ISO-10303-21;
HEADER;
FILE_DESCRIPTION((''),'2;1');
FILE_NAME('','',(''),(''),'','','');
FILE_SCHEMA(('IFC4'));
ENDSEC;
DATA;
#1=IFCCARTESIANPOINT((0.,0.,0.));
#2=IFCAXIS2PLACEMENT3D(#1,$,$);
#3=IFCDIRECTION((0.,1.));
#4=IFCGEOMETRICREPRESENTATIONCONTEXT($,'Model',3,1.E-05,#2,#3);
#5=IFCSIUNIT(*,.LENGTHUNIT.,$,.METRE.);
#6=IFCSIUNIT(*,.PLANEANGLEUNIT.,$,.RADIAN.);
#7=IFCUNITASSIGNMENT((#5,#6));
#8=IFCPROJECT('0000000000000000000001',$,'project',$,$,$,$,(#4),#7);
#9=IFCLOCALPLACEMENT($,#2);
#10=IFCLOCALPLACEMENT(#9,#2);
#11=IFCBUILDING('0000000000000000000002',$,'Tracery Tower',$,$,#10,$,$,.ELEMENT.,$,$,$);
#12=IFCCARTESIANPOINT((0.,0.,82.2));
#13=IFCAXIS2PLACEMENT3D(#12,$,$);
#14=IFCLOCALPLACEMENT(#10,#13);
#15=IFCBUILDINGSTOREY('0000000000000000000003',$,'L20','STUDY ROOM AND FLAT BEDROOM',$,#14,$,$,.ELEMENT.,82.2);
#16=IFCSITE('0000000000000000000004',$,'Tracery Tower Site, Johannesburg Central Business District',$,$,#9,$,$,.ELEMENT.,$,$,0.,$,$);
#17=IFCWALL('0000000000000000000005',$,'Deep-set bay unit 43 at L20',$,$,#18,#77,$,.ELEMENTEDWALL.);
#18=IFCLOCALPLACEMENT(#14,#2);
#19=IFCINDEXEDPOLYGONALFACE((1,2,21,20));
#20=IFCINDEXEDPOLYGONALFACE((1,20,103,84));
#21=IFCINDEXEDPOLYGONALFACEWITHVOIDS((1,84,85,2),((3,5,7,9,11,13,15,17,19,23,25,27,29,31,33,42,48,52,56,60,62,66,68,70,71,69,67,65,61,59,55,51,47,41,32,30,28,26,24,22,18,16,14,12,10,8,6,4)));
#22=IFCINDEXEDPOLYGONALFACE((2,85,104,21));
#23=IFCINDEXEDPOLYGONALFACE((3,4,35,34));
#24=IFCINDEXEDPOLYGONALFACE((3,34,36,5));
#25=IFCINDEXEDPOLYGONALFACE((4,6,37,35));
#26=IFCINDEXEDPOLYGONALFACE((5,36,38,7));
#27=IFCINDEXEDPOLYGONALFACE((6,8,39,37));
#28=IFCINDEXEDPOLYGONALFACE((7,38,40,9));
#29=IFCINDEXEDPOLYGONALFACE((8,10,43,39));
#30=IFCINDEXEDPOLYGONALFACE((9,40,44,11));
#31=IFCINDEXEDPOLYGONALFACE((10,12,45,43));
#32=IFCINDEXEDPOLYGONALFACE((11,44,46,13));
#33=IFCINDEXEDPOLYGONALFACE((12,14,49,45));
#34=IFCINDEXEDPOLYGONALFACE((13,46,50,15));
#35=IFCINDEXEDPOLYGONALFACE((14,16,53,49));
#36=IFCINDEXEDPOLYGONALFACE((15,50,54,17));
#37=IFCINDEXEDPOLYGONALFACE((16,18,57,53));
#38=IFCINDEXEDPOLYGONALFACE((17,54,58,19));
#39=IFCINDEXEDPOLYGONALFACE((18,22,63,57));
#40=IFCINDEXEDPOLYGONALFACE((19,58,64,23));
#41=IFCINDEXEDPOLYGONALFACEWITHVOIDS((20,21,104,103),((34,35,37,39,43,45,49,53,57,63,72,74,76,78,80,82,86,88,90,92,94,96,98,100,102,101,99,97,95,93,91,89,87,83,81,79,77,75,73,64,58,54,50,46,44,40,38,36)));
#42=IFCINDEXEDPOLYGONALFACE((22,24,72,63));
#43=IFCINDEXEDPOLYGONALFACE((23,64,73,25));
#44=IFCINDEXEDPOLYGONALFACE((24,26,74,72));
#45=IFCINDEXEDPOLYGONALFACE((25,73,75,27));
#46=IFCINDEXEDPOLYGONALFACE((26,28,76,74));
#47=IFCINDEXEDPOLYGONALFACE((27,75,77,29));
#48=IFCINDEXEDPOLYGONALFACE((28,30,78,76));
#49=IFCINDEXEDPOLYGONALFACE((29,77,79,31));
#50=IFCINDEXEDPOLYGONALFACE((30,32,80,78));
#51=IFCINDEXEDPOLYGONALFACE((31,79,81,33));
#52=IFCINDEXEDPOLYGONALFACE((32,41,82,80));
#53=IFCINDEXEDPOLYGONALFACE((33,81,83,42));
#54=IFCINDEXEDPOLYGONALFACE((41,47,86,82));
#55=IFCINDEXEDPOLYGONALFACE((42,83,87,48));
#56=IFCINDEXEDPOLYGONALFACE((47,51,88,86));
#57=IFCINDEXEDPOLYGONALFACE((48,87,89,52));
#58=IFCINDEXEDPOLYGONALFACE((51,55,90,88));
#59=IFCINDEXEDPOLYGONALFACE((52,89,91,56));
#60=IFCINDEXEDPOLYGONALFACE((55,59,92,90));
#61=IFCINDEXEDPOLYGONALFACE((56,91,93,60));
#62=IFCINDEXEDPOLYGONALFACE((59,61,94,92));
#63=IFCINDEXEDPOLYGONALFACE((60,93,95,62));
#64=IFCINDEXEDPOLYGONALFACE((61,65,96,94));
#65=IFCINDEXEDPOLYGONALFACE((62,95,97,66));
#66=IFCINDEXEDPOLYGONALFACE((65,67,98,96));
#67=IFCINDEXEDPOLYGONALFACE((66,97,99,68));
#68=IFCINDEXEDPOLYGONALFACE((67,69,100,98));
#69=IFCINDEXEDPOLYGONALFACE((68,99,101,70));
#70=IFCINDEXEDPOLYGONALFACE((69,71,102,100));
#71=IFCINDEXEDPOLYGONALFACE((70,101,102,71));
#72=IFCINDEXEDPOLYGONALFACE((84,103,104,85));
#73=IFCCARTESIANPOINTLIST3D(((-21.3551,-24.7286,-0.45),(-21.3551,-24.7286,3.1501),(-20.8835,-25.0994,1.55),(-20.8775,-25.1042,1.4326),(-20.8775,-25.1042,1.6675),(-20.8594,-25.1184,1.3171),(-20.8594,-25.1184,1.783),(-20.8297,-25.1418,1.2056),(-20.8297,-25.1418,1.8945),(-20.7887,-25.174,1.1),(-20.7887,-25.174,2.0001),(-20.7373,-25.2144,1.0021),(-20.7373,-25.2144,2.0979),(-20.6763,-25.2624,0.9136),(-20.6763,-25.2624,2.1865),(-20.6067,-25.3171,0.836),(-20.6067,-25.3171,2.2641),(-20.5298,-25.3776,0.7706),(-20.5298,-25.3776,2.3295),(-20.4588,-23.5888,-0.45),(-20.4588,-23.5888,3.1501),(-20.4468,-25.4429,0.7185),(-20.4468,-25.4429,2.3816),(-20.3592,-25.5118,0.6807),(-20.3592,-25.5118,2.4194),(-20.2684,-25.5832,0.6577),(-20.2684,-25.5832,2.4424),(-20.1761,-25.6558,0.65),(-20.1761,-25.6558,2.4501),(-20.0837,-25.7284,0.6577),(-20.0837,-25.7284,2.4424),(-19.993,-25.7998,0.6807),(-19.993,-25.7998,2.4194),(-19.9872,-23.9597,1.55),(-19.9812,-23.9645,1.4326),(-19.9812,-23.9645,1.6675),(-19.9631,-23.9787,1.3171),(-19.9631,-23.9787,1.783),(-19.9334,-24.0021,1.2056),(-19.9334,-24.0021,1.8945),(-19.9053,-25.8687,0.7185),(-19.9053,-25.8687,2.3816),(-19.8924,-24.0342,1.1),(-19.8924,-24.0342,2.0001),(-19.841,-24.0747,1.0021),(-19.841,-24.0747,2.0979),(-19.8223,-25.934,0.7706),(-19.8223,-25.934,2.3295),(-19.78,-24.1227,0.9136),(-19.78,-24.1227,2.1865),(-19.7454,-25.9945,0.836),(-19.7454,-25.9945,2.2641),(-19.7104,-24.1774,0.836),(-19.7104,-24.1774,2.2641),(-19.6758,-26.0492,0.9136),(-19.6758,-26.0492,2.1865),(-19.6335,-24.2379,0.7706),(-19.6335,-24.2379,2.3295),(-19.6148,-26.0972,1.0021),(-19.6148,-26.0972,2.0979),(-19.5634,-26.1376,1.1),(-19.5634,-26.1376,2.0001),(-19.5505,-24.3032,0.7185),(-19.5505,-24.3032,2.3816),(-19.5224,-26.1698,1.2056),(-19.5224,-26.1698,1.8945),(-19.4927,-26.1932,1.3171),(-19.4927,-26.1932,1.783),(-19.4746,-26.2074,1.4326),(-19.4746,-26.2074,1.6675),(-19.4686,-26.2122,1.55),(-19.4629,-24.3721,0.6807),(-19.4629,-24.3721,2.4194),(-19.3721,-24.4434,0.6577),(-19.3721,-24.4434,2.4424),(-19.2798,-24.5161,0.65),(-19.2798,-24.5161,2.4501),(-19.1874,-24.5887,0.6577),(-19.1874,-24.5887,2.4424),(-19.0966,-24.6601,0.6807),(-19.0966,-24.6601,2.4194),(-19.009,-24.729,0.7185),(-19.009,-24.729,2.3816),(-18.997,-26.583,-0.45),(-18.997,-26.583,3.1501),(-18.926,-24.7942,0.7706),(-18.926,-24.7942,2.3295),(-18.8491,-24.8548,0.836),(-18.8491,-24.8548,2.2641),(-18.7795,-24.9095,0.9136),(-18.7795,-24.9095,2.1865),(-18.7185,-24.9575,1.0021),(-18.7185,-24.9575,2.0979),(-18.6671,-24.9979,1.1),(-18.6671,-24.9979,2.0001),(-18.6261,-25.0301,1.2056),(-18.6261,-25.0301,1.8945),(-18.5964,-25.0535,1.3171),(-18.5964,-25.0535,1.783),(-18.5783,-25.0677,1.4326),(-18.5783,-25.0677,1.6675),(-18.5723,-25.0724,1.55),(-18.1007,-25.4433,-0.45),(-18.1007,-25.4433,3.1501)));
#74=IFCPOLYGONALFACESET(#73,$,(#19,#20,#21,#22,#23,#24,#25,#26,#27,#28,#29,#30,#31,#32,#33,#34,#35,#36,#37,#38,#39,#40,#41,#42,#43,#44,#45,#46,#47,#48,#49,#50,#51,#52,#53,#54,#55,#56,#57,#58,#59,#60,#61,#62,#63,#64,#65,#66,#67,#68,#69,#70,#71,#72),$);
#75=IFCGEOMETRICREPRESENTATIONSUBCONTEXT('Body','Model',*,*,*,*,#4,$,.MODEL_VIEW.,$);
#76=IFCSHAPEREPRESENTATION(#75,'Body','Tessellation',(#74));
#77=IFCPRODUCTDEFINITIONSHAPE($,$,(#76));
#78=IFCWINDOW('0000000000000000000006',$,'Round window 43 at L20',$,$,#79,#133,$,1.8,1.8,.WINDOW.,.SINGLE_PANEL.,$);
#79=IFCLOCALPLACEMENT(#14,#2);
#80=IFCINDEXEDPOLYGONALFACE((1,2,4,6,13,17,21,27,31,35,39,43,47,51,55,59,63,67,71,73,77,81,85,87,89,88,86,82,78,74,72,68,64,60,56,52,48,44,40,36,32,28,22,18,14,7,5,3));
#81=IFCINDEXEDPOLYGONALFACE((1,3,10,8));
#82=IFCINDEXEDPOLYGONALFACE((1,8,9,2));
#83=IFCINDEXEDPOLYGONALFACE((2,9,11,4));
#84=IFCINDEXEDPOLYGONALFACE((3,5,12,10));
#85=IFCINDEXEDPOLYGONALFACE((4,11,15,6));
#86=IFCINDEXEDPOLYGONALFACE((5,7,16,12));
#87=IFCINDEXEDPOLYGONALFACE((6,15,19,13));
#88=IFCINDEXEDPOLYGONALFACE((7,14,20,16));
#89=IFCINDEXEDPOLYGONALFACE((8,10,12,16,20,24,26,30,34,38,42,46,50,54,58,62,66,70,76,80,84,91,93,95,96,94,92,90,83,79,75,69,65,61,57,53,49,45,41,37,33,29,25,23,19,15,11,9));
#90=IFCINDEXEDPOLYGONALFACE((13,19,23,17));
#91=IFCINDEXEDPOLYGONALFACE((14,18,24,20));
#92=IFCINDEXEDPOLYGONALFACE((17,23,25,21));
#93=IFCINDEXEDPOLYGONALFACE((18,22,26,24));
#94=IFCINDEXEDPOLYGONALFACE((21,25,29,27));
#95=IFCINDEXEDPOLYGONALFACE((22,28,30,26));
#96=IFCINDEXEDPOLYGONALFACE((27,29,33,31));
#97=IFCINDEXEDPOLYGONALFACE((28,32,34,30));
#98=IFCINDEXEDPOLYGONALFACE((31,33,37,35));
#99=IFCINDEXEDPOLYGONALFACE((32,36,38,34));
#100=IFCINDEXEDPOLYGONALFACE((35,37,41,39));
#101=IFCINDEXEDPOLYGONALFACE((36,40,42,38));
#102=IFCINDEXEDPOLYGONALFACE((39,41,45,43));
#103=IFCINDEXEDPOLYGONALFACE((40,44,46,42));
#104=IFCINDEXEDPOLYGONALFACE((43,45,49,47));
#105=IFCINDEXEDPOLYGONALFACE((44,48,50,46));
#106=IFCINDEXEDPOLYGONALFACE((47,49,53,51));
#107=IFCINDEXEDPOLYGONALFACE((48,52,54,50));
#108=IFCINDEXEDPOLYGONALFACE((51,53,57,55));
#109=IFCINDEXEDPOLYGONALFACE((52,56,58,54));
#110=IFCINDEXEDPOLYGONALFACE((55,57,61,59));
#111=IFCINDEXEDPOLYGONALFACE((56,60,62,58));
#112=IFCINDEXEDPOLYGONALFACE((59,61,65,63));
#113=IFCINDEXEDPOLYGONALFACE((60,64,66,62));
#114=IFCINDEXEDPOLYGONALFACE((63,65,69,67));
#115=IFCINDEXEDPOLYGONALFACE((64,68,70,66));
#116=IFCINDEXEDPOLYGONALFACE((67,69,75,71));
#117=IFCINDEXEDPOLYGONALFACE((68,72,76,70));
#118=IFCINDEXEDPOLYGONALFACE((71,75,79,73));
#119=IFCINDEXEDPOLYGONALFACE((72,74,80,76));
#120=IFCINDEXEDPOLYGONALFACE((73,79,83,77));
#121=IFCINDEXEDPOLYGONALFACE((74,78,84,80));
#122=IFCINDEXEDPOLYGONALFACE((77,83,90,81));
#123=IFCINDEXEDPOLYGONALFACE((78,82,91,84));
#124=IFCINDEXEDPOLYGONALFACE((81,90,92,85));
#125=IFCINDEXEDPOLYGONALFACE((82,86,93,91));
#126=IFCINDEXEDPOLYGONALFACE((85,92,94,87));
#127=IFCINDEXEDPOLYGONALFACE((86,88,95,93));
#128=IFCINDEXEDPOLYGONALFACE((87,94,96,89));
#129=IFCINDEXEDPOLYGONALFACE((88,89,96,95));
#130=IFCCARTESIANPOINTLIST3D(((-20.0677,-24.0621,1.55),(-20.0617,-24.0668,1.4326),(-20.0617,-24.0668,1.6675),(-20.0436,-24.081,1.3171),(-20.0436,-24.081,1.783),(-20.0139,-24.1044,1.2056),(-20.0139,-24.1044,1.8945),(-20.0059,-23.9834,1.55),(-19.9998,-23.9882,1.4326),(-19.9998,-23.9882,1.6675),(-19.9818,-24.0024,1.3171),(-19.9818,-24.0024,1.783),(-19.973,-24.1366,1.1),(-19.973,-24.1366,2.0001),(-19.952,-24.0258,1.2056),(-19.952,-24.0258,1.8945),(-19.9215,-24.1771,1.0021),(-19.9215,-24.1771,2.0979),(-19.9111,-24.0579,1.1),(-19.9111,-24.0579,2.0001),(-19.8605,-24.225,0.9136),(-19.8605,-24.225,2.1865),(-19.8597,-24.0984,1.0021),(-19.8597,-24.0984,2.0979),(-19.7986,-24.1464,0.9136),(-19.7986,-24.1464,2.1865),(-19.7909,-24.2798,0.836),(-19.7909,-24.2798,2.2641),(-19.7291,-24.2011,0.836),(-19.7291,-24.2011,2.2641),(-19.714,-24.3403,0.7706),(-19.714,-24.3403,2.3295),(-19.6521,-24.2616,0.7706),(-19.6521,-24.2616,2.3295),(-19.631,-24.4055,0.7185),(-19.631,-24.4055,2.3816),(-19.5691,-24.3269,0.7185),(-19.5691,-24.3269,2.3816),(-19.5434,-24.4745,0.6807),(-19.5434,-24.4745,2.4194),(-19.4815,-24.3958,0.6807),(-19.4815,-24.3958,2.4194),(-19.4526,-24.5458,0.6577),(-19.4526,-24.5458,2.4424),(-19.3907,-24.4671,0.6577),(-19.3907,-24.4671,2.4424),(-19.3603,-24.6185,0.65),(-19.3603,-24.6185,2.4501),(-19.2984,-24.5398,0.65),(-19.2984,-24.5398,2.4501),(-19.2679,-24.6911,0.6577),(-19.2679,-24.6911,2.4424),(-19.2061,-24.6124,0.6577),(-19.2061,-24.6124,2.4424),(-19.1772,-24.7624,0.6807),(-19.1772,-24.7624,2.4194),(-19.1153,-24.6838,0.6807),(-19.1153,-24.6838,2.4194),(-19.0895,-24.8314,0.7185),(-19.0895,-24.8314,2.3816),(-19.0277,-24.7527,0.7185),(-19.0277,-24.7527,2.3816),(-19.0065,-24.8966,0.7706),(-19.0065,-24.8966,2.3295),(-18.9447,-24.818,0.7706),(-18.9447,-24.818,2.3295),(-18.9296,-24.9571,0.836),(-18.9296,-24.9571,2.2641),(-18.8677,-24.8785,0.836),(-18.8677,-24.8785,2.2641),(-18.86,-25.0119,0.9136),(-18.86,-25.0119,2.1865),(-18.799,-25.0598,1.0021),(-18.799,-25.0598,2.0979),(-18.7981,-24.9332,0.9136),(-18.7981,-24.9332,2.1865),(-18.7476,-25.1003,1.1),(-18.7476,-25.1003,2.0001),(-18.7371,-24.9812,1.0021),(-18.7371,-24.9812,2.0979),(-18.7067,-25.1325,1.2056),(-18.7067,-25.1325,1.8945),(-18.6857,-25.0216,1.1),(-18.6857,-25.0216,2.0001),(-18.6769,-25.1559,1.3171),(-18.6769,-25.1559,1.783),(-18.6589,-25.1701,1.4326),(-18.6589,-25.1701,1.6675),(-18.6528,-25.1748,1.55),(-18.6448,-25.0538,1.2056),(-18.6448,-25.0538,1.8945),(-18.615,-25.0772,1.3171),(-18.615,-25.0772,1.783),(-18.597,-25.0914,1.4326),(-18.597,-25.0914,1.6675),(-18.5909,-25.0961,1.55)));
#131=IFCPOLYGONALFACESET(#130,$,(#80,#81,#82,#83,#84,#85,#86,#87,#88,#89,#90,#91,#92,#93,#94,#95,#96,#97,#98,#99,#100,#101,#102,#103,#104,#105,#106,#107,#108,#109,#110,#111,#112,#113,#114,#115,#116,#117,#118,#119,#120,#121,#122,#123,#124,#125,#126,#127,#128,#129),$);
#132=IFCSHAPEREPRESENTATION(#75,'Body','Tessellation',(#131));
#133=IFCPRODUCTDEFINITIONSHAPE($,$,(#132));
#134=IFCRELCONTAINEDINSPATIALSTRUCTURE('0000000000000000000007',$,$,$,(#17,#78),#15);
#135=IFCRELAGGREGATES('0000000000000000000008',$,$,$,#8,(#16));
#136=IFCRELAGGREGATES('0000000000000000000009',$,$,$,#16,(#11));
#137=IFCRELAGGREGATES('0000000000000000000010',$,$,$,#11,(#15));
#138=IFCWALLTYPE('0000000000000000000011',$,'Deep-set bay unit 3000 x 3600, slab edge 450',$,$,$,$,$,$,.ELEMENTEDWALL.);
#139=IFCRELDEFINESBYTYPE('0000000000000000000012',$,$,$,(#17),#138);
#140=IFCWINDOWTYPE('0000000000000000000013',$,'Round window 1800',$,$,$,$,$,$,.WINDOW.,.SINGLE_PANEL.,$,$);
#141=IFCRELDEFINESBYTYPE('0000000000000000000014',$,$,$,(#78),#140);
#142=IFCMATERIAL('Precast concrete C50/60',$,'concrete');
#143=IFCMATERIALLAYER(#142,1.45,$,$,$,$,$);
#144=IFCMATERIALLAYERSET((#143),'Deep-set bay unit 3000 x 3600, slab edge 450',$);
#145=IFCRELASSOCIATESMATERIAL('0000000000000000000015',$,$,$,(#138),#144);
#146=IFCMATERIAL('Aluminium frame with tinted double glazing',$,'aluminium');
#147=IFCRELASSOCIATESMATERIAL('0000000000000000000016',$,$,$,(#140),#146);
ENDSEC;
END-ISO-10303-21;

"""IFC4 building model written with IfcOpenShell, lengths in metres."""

from ifc_helpers import new_model, si_unit, direction, frame, frame_2d, origin, origin_2d, place, context, subcontext, project, spatial, rectangle, circle, extrude, material, layer, layer_set, type_object, element, fill, save


model = new_model("IFC4")

# Units and contexts
model_context = context("Model", 3, precision=1e-05, world=origin(), true_north=direction((0.0, 1.0)))
body_context = subcontext(model_context, "Body", "Model", "MODEL_VIEW")
ifc_project = project(units=[si_unit("LENGTHUNIT", "METRE"), si_unit("PLANEANGLEUNIT", "RADIAN")], contexts=[model_context])

# Site, building, storey
site_placement = place(None, origin())
site = spatial("IfcSite", under=ifc_project, at=site_placement, Name="Tracery Tower Site, Johannesburg Central Business District", CompositionType="ELEMENT", RefElevation=0.0)
building_placement = place(site_placement, origin())
building = spatial("IfcBuilding", under=site, at=building_placement, Name="Tracery Tower", CompositionType="ELEMENT")
storey_placement = place(building_placement, frame((0.0, 0.0, 82.2)))
storey = spatial("IfcBuildingStorey", under=building, at=storey_placement, Name="L20", Description="STUDY ROOM AND FLAT BEDROOM", CompositionType="ELEMENT", Elevation=82.2)

# Wall, opening, window
ifc_material_1 = material(Name="Precast concrete C50/60", Category="concrete")
ifc_layer_1 = layer(ifc_material_1, 1.45)
ifc_layer_set_1 = layer_set([ifc_layer_1], Name="Deep-set bay unit 3000 x 3600, slab edge 450")
wall_type_1 = type_object("IfcWallType", Name="Deep-set bay unit 3000 x 3600, slab edge 450", PredefinedType="ELEMENTEDWALL", material=ifc_layer_set_1)
wall_1_placement = place(storey_placement, frame((-20.907, -24.1587, -0.45), z_axis=(0.0, 0.0, 1.0), x_axis=(0.78605, -0.618163, 0.0)))
wall_1 = element("IfcWall", 1, at=wall_1_placement, inside=storey, type_object=wall_type_1, Name="Deep-set bay unit 43 at L20", PredefinedType="ELEMENTEDWALL", context=body_context, shape_type="SweptSolid", body=[
    extrude(rectangle(XDim=3.0, YDim=1.45, at=frame_2d((1.5, 0.0))), origin(), (0.0, 0.0, 1.0), 3.6001),
])
opening_1_placement = place(wall_1_placement, frame((1.5, 0.0, 2.0)))
opening_1 = element("IfcOpeningElement", 2, at=opening_1_placement, cuts=wall_1, PredefinedType="OPENING", context=body_context, shape_type="SweptSolid", body=[
    extrude(circle(Radius=0.9, at=origin_2d()), frame((0.0, 0.7349, 0.0), z_axis=(0.0, -1.0, 0.0), x_axis=(1.0, 0.0, 0.0)), (0.0, 0.0, 1.0), 1.47),
])
ifc_material_2 = material(Name="Aluminium frame with tinted double glazing", Category="aluminium")
window_type = type_object("IfcWindowType", Name="Round window 1800", PartitioningType="SINGLE_PANEL", PredefinedType="WINDOW", material=ifc_material_2)
window_1_placement = place(opening_1_placement, origin())
window_1 = element("IfcWindow", 3, at=window_1_placement, inside=storey, type_object=window_type, Name="Round window 43 at L20", OverallHeight=1.8, OverallWidth=1.8, PartitioningType="SINGLE_PANEL", PredefinedType="WINDOW", context=body_context, shape_type="SweptSolid", body=[
    extrude(circle(Radius=0.9, at=origin_2d()), frame((0.0, 0.6948, 0.0), z_axis=(0.0, -1.0, 0.0), x_axis=(1.0, 0.0, 0.0)), (0.0, 0.0, 1.0), 0.1001),
])
fill(opening_1, window_1)

save(model, "model.ifc")
